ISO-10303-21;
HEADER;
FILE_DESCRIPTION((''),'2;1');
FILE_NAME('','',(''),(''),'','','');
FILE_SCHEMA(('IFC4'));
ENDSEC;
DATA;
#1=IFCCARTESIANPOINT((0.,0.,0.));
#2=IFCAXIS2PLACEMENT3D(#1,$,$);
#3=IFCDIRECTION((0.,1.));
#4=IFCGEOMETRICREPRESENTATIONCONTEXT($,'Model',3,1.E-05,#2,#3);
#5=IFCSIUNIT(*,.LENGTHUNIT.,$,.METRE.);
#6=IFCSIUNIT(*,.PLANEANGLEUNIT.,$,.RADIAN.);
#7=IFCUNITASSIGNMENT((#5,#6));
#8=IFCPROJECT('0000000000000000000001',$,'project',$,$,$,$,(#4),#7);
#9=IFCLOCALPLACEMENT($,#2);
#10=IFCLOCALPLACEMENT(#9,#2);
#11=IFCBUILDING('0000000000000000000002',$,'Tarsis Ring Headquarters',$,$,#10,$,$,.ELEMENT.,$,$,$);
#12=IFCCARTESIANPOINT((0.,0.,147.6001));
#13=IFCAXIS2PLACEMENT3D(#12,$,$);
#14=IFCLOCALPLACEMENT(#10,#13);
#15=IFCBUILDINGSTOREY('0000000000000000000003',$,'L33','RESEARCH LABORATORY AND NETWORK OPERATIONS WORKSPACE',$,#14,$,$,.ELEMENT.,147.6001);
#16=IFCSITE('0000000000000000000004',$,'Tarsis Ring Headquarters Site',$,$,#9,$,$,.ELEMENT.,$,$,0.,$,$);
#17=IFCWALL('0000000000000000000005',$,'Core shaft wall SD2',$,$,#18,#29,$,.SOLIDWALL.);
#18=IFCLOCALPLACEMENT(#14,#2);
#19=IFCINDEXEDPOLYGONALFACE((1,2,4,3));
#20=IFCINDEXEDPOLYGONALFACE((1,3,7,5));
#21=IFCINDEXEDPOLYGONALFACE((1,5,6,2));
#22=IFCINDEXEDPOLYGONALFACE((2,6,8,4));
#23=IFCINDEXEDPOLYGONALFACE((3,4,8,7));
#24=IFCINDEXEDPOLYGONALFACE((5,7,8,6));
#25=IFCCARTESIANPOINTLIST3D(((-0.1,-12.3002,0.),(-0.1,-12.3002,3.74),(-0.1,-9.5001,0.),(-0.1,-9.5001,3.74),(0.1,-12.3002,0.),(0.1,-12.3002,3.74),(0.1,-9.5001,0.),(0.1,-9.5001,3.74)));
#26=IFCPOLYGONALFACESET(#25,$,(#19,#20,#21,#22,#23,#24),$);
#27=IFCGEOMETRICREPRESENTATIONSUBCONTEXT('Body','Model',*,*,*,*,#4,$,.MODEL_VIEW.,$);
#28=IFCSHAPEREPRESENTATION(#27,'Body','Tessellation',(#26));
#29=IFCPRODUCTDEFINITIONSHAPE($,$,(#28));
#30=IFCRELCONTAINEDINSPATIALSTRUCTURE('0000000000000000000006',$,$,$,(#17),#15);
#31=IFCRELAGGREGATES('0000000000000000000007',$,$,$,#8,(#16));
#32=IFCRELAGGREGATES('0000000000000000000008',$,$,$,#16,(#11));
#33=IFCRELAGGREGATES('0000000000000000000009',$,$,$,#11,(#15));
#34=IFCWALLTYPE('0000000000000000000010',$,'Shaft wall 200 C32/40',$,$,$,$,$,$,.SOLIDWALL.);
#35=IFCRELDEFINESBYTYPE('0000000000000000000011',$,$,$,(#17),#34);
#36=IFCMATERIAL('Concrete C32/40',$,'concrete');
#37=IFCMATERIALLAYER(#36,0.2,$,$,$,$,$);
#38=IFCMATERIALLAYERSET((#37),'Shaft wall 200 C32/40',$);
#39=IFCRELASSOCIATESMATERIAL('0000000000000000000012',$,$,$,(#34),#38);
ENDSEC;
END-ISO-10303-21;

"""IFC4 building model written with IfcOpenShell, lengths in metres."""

from ifc_helpers import new_model, si_unit, direction, frame, frame_2d, origin, place, context, subcontext, project, spatial, rectangle, extrude, material, layer, layer_set, type_object, element, save


model = new_model("IFC4")

# Units and contexts
model_context = context("Model", 3, precision=1e-05, world=origin(), true_north=direction((0.0, 1.0)))
body_context = subcontext(model_context, "Body", "Model", "MODEL_VIEW")
ifc_project = project(units=[si_unit("LENGTHUNIT", "METRE"), si_unit("PLANEANGLEUNIT", "RADIAN")], contexts=[model_context])

# Site, building, storey
site_placement = place(None, origin())
site = spatial("IfcSite", under=ifc_project, at=site_placement, Name="Tarsis Ring Headquarters Site", CompositionType="ELEMENT", RefElevation=0.0)
building_placement = place(site_placement, origin())
building = spatial("IfcBuilding", under=site, at=building_placement, Name="Tarsis Ring Headquarters", CompositionType="ELEMENT")
storey_placement = place(building_placement, frame((0.0, 0.0, 147.6001)))
storey = spatial("IfcBuildingStorey", under=building, at=storey_placement, Name="L33", Description="RESEARCH LABORATORY AND NETWORK OPERATIONS WORKSPACE", CompositionType="ELEMENT", Elevation=147.6001)

# Wall
ifc_material_1 = material(Name="Concrete C32/40", Category="concrete")
ifc_layer_1 = layer(ifc_material_1, 0.2)
ifc_layer_set_1 = layer_set([ifc_layer_1], Name="Shaft wall 200 C32/40")
wall_type_1 = type_object("IfcWallType", Name="Shaft wall 200 C32/40", PredefinedType="SOLIDWALL", material=ifc_layer_set_1)
wall_1_placement = place(storey_placement, frame((0.0, -12.3, 0.0), z_axis=(0.0, 0.0, 1.0), x_axis=(0.0, 1.0, 0.0)))
element("IfcWall", 1, at=wall_1_placement, inside=storey, type_object=wall_type_1, Name="Core shaft wall SD2", PredefinedType="SOLIDWALL", context=body_context, shape_type="SweptSolid", body=[
    extrude(rectangle(XDim=2.8, YDim=0.2, at=frame_2d((1.3999, 0.0))), origin(), (0.0, 0.0, 1.0), 3.74),
])

save(model, "model.ifc")
